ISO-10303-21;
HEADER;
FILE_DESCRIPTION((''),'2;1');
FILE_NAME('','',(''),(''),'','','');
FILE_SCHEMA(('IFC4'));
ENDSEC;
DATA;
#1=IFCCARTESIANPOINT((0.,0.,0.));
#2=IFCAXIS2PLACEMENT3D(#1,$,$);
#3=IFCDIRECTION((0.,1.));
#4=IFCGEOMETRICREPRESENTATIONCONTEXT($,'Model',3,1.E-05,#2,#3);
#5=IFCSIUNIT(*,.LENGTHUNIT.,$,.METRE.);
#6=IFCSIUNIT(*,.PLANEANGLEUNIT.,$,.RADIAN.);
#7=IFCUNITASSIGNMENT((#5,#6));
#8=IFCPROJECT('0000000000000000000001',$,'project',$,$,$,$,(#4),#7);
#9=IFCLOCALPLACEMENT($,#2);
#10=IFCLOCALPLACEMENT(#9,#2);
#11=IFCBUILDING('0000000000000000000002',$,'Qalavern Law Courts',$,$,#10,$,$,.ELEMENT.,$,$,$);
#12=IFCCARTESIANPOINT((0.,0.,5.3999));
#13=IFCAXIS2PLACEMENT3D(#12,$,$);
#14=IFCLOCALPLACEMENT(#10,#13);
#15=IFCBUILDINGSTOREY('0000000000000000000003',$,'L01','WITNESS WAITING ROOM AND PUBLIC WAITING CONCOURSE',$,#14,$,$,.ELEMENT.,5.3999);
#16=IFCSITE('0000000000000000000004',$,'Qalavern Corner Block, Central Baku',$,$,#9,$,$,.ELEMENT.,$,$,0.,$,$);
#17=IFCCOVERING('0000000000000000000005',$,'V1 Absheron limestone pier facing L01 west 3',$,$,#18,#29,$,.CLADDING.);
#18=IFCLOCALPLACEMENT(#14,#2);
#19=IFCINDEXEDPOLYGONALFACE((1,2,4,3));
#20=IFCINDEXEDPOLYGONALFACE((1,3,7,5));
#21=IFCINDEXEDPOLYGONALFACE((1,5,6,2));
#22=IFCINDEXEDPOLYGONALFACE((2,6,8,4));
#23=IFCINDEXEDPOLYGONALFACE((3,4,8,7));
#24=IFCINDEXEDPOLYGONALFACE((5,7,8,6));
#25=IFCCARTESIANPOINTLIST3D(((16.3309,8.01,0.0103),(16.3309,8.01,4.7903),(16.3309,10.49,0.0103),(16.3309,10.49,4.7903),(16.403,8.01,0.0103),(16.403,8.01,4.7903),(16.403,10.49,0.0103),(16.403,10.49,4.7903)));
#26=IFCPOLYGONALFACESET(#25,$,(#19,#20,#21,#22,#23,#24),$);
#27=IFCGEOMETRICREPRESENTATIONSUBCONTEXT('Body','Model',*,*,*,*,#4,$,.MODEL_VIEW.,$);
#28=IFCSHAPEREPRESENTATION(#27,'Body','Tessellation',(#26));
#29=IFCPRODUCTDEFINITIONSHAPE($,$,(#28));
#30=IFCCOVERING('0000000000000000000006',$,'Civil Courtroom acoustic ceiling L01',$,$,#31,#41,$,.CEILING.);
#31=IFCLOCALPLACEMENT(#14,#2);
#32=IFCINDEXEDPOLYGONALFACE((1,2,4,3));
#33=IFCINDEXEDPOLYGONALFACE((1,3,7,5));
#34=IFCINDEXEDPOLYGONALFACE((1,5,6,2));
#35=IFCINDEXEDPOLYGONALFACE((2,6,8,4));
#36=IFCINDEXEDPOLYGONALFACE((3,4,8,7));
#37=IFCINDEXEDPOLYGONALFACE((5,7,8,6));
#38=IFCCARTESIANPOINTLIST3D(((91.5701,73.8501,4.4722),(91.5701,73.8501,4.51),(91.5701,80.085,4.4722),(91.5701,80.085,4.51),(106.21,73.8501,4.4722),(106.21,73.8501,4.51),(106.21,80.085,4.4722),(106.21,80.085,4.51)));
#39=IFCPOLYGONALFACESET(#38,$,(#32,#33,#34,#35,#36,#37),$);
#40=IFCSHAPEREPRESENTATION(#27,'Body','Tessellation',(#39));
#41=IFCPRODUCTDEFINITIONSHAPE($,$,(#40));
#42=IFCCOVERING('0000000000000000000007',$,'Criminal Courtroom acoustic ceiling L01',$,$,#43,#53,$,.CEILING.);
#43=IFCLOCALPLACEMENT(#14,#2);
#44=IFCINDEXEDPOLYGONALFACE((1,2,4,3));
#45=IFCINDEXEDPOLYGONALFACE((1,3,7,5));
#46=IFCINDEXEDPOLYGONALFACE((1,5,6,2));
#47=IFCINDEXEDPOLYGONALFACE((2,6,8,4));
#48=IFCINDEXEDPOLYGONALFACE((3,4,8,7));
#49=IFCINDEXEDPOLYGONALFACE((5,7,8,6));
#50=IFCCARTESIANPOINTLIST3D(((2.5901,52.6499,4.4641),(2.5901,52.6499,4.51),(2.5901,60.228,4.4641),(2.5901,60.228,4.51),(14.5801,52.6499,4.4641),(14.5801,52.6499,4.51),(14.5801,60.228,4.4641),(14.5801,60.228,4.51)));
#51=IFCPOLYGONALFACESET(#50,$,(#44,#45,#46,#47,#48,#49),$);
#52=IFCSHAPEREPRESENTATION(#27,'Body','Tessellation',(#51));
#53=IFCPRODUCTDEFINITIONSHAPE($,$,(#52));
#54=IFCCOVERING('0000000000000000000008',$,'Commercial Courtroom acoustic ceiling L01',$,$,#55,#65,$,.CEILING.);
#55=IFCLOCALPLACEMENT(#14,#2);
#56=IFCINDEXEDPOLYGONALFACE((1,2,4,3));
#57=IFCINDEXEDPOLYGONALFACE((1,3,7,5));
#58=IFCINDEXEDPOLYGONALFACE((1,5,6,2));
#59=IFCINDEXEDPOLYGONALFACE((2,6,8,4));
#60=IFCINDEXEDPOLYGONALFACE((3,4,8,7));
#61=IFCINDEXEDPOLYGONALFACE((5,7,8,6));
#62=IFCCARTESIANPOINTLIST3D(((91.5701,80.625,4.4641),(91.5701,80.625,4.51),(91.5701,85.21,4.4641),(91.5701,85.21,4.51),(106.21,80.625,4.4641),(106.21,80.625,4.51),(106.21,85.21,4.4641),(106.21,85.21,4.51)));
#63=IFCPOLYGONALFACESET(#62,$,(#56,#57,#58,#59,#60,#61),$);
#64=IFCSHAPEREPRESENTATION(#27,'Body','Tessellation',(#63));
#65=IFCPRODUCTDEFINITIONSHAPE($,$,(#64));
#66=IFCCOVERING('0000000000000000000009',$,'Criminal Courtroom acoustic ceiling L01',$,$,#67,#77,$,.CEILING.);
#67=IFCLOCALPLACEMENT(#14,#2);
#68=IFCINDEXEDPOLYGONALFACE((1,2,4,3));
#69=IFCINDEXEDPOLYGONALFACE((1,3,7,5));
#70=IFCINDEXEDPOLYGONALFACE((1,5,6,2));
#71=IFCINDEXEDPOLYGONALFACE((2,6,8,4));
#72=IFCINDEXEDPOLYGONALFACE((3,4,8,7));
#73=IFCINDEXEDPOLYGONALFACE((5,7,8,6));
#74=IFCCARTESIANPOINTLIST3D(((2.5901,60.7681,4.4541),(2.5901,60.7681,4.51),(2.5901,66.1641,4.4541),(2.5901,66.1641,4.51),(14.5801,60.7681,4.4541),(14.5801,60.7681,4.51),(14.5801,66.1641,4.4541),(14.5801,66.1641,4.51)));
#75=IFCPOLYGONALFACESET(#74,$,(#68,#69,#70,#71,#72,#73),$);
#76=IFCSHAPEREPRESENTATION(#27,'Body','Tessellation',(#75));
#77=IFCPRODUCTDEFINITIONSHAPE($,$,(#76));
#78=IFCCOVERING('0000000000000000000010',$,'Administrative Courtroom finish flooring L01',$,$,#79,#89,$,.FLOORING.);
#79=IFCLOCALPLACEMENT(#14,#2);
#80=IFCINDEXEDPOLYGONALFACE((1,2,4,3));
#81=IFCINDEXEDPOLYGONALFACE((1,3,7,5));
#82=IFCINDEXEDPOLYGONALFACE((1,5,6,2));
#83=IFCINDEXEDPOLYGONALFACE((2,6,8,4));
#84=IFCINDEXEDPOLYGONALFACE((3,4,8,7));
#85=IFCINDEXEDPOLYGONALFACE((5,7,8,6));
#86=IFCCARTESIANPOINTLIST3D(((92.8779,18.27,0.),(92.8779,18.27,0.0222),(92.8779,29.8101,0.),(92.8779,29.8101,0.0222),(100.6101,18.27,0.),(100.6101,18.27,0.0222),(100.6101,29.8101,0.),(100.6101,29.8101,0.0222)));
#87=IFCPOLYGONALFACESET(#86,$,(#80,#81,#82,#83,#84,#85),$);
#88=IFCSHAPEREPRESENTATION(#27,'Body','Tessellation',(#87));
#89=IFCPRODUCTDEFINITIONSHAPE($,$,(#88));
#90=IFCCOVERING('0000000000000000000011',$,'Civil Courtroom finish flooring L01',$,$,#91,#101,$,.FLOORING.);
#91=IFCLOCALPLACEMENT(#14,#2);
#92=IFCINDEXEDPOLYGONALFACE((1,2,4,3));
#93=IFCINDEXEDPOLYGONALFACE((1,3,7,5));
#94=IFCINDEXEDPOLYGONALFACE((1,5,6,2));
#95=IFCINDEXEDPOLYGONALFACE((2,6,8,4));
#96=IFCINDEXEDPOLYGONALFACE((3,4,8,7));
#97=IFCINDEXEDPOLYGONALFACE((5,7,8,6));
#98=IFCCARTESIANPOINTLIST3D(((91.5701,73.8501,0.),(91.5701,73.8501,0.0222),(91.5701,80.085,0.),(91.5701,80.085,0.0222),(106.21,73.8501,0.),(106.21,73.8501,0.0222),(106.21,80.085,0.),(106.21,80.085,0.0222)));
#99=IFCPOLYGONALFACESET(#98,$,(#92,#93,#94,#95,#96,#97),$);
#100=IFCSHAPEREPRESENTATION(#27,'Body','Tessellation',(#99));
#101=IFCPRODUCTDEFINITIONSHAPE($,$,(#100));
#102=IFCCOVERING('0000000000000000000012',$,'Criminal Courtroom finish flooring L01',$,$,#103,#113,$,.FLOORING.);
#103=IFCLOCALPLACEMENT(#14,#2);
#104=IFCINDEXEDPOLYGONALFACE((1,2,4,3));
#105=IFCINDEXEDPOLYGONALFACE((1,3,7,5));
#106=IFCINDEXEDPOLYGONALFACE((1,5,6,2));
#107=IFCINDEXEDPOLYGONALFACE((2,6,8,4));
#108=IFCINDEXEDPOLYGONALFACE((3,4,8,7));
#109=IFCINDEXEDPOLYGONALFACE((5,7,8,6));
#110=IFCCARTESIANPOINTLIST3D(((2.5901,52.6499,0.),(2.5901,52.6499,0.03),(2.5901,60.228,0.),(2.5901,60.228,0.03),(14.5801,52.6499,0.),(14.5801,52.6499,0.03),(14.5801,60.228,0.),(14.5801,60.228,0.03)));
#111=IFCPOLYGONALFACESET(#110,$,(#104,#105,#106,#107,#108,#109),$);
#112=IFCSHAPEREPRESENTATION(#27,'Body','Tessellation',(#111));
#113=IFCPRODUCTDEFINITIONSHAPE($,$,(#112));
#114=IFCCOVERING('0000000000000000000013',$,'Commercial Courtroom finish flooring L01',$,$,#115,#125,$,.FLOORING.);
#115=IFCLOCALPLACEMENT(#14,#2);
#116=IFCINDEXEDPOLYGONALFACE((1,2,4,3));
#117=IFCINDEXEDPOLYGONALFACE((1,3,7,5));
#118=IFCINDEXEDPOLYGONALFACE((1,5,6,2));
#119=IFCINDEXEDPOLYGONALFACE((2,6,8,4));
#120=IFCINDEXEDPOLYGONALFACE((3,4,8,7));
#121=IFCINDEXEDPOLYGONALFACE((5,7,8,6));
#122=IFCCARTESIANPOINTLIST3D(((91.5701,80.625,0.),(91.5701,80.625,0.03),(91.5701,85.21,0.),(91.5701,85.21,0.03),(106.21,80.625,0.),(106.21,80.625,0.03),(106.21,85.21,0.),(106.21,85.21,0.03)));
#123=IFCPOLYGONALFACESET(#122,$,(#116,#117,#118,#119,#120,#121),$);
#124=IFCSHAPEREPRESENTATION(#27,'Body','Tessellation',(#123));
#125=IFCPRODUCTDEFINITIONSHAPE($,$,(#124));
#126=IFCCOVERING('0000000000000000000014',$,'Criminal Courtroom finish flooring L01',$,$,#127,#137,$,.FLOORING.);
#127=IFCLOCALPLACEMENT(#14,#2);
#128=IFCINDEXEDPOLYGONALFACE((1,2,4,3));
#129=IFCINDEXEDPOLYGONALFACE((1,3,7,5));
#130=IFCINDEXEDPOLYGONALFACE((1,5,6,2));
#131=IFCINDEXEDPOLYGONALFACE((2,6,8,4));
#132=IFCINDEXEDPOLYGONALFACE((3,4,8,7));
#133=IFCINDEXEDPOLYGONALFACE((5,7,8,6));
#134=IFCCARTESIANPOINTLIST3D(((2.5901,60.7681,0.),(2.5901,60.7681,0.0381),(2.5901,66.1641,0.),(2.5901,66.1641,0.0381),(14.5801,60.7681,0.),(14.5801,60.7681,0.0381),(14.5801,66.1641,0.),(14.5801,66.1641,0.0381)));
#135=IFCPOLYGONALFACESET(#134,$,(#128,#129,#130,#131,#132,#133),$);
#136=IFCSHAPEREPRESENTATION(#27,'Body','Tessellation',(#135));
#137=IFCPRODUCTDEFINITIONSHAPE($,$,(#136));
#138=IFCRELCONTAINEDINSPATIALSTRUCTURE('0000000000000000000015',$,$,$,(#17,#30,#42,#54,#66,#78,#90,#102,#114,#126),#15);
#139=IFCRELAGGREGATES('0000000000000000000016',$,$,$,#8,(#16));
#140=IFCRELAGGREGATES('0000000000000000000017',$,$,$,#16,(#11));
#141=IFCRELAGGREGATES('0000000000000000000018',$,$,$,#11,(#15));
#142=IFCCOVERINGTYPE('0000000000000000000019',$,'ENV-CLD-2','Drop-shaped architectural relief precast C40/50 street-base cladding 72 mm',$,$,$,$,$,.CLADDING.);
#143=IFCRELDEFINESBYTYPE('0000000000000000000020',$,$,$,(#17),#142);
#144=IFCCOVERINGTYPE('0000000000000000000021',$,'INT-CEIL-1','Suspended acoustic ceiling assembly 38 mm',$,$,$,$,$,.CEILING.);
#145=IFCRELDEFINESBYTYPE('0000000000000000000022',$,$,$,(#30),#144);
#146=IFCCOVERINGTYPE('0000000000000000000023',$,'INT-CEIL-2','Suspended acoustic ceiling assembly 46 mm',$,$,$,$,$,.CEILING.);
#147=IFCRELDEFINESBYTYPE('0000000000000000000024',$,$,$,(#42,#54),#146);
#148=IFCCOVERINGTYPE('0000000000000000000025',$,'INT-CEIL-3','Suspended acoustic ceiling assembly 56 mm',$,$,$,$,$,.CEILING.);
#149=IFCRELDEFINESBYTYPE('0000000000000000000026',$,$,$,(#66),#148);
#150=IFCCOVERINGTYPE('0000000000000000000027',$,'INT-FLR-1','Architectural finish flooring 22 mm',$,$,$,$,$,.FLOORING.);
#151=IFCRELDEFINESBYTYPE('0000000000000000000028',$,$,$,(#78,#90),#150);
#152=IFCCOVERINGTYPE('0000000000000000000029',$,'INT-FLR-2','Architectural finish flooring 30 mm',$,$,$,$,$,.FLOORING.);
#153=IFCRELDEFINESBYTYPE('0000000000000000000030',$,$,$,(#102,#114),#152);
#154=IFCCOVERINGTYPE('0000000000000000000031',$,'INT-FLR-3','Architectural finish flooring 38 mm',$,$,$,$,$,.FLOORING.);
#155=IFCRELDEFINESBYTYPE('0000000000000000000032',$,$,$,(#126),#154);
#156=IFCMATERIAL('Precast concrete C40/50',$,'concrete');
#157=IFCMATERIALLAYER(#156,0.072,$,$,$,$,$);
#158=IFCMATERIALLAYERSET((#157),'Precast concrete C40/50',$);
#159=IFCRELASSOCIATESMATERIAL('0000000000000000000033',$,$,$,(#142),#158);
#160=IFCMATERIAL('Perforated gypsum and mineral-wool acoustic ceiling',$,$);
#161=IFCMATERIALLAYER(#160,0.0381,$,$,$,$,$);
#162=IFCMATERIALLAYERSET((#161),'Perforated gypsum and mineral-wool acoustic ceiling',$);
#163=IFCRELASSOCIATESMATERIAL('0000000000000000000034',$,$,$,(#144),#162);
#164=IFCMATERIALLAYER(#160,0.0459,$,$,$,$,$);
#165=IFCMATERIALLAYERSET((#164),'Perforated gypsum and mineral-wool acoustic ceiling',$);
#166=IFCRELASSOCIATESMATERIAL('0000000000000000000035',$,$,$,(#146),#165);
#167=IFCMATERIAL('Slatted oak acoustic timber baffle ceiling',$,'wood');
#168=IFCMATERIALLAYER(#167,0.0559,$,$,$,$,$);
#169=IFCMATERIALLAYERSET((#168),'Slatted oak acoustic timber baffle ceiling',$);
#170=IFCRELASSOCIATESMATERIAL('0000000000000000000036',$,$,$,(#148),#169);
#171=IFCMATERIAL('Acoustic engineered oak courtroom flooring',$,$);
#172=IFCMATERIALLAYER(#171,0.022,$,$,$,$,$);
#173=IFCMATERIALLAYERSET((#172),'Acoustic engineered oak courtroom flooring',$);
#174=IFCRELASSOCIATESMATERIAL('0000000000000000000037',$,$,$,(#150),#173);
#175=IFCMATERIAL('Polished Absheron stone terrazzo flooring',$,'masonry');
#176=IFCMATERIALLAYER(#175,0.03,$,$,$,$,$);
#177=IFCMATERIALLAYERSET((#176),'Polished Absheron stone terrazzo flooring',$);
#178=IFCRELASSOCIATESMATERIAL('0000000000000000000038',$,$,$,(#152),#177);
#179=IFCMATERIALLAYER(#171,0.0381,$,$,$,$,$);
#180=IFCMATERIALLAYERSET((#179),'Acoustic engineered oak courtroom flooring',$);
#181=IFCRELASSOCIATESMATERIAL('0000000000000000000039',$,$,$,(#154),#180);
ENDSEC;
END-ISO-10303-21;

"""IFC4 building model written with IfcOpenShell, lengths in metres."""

from ifc_helpers import new_model, si_unit, direction, frame, origin, origin_2d, place, context, subcontext, project, spatial, polyline, rectangle, outline, extrude, material, layer, layer_set, type_object, element, save


model = new_model("IFC4")

# Units and contexts
model_context = context("Model", 3, precision=1e-05, world=origin(), true_north=direction((0.0, 1.0)))
body_context = subcontext(model_context, "Body", "Model", "MODEL_VIEW")
ifc_project = project(units=[si_unit("LENGTHUNIT", "METRE"), si_unit("PLANEANGLEUNIT", "RADIAN")], contexts=[model_context])

# Site, building, storey
site_placement = place(None, origin())
site = spatial("IfcSite", under=ifc_project, at=site_placement, Name="Qalavern Corner Block, Central Baku", CompositionType="ELEMENT", RefElevation=0.0)
building_placement = place(site_placement, origin())
building = spatial("IfcBuilding", under=site, at=building_placement, Name="Qalavern Law Courts", CompositionType="ELEMENT")
storey_placement = place(building_placement, frame((0.0, 0.0, 5.3999)))
storey = spatial("IfcBuildingStorey", under=building, at=storey_placement, Name="L01", Description="WITNESS WAITING ROOM AND PUBLIC WAITING CONCOURSE", CompositionType="ELEMENT", Elevation=5.3999)

# Coverings
ifc_material_1 = material(Name="Precast concrete C40/50", Category="concrete")
ifc_layer_1 = layer(ifc_material_1, 0.072)
ifc_layer_set_1 = layer_set([ifc_layer_1], Name="Precast concrete C40/50")
covering_type_1 = type_object("IfcCoveringType", Name="ENV-CLD-2", Description="Drop-shaped architectural relief precast C40/50 street-base cladding 72 mm", PredefinedType="CLADDING", material=ifc_layer_set_1)
covering_1_placement = place(storey_placement, frame((16.3669, 9.25, 0.0103), z_axis=(0.0, 0.0, 1.0), x_axis=(0.0, -1.0, 0.0)))
element("IfcCovering", 1, at=covering_1_placement, inside=storey, type_object=covering_type_1, Name="V1 Absheron limestone pier facing L01 west 3", PredefinedType="CLADDING", context=body_context, shape_type="SweptSolid", body=[
    extrude(rectangle(XDim=2.48, YDim=0.072, at=origin_2d()), origin(), (0.0, 0.0, 1.0), 4.78),
])
ifc_material_2 = material(Name="Perforated gypsum and mineral-wool acoustic ceiling")
ifc_layer_2 = layer(ifc_material_2, 0.0381)
ifc_layer_set_2 = layer_set([ifc_layer_2], Name="Perforated gypsum and mineral-wool acoustic ceiling")
covering_type_2 = type_object("IfcCoveringType", Name="INT-CEIL-1", Description="Suspended acoustic ceiling assembly 38 mm", PredefinedType="CEILING", material=ifc_layer_set_2)
covering_2_placement = place(storey_placement, frame((0.0, 0.0, 4.4722)))
element("IfcCovering", 2, at=covering_2_placement, inside=storey, type_object=covering_type_2, Name="Civil Courtroom acoustic ceiling L01", PredefinedType="CEILING", context=body_context, shape_type="SweptSolid", body=[
    extrude(outline(polyline([(91.5701, 73.8501), (106.21, 73.8501), (106.21, 80.085), (91.5701, 80.085), (91.5701, 73.8501)])), origin(), (0.0, 0.0, 1.0), 0.0378),
])
ifc_layer_3 = layer(ifc_material_2, 0.0459)
ifc_layer_set_3 = layer_set([ifc_layer_3], Name="Perforated gypsum and mineral-wool acoustic ceiling")
covering_type_3 = type_object("IfcCoveringType", Name="INT-CEIL-2", Description="Suspended acoustic ceiling assembly 46 mm", PredefinedType="CEILING", material=ifc_layer_set_3)
covering_3_placement = place(storey_placement, frame((0.0, 0.0, 4.4641)))
element("IfcCovering", 3, at=covering_3_placement, inside=storey, type_object=covering_type_3, Name="Criminal Courtroom acoustic ceiling L01", PredefinedType="CEILING", context=body_context, shape_type="SweptSolid", body=[
    extrude(outline(polyline([(2.5901, 52.6499), (14.5801, 52.6499), (14.5801, 60.228), (2.5901, 60.228), (2.5901, 52.6499)])), origin(), (0.0, 0.0, 1.0), 0.0459),
])
covering_4_placement = place(storey_placement, frame((0.0, 0.0, 4.4641)))
element("IfcCovering", 4, at=covering_4_placement, inside=storey, type_object=covering_type_3, Name="Commercial Courtroom acoustic ceiling L01", PredefinedType="CEILING", context=body_context, shape_type="SweptSolid", body=[
    extrude(outline(polyline([(91.5701, 80.625), (106.21, 80.625), (106.21, 85.21), (91.5701, 85.21), (91.5701, 80.625)])), origin(), (0.0, 0.0, 1.0), 0.0459),
])
ifc_material_3 = material(Name="Slatted oak acoustic timber baffle ceiling", Category="wood")
ifc_layer_4 = layer(ifc_material_3, 0.0559)
ifc_layer_set_4 = layer_set([ifc_layer_4], Name="Slatted oak acoustic timber baffle ceiling")
covering_type_4 = type_object("IfcCoveringType", Name="INT-CEIL-3", Description="Suspended acoustic ceiling assembly 56 mm", PredefinedType="CEILING", material=ifc_layer_set_4)
covering_5_placement = place(storey_placement, frame((0.0, 0.0, 4.4541)))
element("IfcCovering", 5, at=covering_5_placement, inside=storey, type_object=covering_type_4, Name="Criminal Courtroom acoustic ceiling L01", PredefinedType="CEILING", context=body_context, shape_type="SweptSolid", body=[
    extrude(outline(polyline([(2.5901, 60.7681), (14.5801, 60.7681), (14.5801, 66.1641), (2.5901, 66.1641), (2.5901, 60.7681)])), origin(), (0.0, 0.0, 1.0), 0.0559),
])
ifc_material_4 = material(Name="Acoustic engineered oak courtroom flooring")
ifc_layer_5 = layer(ifc_material_4, 0.022)
ifc_layer_set_5 = layer_set([ifc_layer_5], Name="Acoustic engineered oak courtroom flooring")
covering_type_5 = type_object("IfcCoveringType", Name="INT-FLR-1", Description="Architectural finish flooring 22 mm", PredefinedType="FLOORING", material=ifc_layer_set_5)
covering_6_placement = place(storey_placement, origin())
element("IfcCovering", 6, at=covering_6_placement, inside=storey, type_object=covering_type_5, Name="Administrative Courtroom finish flooring L01", PredefinedType="FLOORING", context=body_context, shape_type="SweptSolid", body=[
    extrude(outline(polyline([(92.8779, 18.27), (100.6101, 18.27), (100.6101, 29.8101), (92.8779, 29.8101), (92.8779, 18.27)])), origin(), (0.0, 0.0, 1.0), 0.0222),
])
covering_7_placement = place(storey_placement, origin())
element("IfcCovering", 7, at=covering_7_placement, inside=storey, type_object=covering_type_5, Name="Civil Courtroom finish flooring L01", PredefinedType="FLOORING", context=body_context, shape_type="SweptSolid", body=[
    extrude(outline(polyline([(91.5701, 73.8501), (106.21, 73.8501), (106.21, 80.085), (91.5701, 80.085), (91.5701, 73.8501)])), origin(), (0.0, 0.0, 1.0), 0.0222),
])
ifc_material_5 = material(Name="Polished Absheron stone terrazzo flooring", Category="masonry")
ifc_layer_6 = layer(ifc_material_5, 0.03)
ifc_layer_set_6 = layer_set([ifc_layer_6], Name="Polished Absheron stone terrazzo flooring")
covering_type_6 = type_object("IfcCoveringType", Name="INT-FLR-2", Description="Architectural finish flooring 30 mm", PredefinedType="FLOORING", material=ifc_layer_set_6)
covering_8_placement = place(storey_placement, origin())
element("IfcCovering", 8, at=covering_8_placement, inside=storey, type_object=covering_type_6, Name="Criminal Courtroom finish flooring L01", PredefinedType="FLOORING", context=body_context, shape_type="SweptSolid", body=[
    extrude(outline(polyline([(2.5901, 52.6499), (14.5801, 52.6499), (14.5801, 60.228), (2.5901, 60.228), (2.5901, 52.6499)])), origin(), (0.0, 0.0, 1.0), 0.03),
])
covering_9_placement = place(storey_placement, origin())
element("IfcCovering", 9, at=covering_9_placement, inside=storey, type_object=covering_type_6, Name="Commercial Courtroom finish flooring L01", PredefinedType="FLOORING", context=body_context, shape_type="SweptSolid", body=[
    extrude(outline(polyline([(91.5701, 80.625), (106.21, 80.625), (106.21, 85.21), (91.5701, 85.21), (91.5701, 80.625)])), origin(), (0.0, 0.0, 1.0), 0.03),
])
ifc_layer_7 = layer(ifc_material_4, 0.0381)
ifc_layer_set_7 = layer_set([ifc_layer_7], Name="Acoustic engineered oak courtroom flooring")
covering_type_7 = type_object("IfcCoveringType", Name="INT-FLR-3", Description="Architectural finish flooring 38 mm", PredefinedType="FLOORING", material=ifc_layer_set_7)
covering_10_placement = place(storey_placement, origin())
element("IfcCovering", 10, at=covering_10_placement, inside=storey, type_object=covering_type_7, Name="Criminal Courtroom finish flooring L01", PredefinedType="FLOORING", context=body_context, shape_type="SweptSolid", body=[
    extrude(outline(polyline([(2.5901, 60.7681), (14.5801, 60.7681), (14.5801, 66.1641), (2.5901, 66.1641), (2.5901, 60.7681)])), origin(), (0.0, 0.0, 1.0), 0.0381),
])

save(model, "model.ifc")
